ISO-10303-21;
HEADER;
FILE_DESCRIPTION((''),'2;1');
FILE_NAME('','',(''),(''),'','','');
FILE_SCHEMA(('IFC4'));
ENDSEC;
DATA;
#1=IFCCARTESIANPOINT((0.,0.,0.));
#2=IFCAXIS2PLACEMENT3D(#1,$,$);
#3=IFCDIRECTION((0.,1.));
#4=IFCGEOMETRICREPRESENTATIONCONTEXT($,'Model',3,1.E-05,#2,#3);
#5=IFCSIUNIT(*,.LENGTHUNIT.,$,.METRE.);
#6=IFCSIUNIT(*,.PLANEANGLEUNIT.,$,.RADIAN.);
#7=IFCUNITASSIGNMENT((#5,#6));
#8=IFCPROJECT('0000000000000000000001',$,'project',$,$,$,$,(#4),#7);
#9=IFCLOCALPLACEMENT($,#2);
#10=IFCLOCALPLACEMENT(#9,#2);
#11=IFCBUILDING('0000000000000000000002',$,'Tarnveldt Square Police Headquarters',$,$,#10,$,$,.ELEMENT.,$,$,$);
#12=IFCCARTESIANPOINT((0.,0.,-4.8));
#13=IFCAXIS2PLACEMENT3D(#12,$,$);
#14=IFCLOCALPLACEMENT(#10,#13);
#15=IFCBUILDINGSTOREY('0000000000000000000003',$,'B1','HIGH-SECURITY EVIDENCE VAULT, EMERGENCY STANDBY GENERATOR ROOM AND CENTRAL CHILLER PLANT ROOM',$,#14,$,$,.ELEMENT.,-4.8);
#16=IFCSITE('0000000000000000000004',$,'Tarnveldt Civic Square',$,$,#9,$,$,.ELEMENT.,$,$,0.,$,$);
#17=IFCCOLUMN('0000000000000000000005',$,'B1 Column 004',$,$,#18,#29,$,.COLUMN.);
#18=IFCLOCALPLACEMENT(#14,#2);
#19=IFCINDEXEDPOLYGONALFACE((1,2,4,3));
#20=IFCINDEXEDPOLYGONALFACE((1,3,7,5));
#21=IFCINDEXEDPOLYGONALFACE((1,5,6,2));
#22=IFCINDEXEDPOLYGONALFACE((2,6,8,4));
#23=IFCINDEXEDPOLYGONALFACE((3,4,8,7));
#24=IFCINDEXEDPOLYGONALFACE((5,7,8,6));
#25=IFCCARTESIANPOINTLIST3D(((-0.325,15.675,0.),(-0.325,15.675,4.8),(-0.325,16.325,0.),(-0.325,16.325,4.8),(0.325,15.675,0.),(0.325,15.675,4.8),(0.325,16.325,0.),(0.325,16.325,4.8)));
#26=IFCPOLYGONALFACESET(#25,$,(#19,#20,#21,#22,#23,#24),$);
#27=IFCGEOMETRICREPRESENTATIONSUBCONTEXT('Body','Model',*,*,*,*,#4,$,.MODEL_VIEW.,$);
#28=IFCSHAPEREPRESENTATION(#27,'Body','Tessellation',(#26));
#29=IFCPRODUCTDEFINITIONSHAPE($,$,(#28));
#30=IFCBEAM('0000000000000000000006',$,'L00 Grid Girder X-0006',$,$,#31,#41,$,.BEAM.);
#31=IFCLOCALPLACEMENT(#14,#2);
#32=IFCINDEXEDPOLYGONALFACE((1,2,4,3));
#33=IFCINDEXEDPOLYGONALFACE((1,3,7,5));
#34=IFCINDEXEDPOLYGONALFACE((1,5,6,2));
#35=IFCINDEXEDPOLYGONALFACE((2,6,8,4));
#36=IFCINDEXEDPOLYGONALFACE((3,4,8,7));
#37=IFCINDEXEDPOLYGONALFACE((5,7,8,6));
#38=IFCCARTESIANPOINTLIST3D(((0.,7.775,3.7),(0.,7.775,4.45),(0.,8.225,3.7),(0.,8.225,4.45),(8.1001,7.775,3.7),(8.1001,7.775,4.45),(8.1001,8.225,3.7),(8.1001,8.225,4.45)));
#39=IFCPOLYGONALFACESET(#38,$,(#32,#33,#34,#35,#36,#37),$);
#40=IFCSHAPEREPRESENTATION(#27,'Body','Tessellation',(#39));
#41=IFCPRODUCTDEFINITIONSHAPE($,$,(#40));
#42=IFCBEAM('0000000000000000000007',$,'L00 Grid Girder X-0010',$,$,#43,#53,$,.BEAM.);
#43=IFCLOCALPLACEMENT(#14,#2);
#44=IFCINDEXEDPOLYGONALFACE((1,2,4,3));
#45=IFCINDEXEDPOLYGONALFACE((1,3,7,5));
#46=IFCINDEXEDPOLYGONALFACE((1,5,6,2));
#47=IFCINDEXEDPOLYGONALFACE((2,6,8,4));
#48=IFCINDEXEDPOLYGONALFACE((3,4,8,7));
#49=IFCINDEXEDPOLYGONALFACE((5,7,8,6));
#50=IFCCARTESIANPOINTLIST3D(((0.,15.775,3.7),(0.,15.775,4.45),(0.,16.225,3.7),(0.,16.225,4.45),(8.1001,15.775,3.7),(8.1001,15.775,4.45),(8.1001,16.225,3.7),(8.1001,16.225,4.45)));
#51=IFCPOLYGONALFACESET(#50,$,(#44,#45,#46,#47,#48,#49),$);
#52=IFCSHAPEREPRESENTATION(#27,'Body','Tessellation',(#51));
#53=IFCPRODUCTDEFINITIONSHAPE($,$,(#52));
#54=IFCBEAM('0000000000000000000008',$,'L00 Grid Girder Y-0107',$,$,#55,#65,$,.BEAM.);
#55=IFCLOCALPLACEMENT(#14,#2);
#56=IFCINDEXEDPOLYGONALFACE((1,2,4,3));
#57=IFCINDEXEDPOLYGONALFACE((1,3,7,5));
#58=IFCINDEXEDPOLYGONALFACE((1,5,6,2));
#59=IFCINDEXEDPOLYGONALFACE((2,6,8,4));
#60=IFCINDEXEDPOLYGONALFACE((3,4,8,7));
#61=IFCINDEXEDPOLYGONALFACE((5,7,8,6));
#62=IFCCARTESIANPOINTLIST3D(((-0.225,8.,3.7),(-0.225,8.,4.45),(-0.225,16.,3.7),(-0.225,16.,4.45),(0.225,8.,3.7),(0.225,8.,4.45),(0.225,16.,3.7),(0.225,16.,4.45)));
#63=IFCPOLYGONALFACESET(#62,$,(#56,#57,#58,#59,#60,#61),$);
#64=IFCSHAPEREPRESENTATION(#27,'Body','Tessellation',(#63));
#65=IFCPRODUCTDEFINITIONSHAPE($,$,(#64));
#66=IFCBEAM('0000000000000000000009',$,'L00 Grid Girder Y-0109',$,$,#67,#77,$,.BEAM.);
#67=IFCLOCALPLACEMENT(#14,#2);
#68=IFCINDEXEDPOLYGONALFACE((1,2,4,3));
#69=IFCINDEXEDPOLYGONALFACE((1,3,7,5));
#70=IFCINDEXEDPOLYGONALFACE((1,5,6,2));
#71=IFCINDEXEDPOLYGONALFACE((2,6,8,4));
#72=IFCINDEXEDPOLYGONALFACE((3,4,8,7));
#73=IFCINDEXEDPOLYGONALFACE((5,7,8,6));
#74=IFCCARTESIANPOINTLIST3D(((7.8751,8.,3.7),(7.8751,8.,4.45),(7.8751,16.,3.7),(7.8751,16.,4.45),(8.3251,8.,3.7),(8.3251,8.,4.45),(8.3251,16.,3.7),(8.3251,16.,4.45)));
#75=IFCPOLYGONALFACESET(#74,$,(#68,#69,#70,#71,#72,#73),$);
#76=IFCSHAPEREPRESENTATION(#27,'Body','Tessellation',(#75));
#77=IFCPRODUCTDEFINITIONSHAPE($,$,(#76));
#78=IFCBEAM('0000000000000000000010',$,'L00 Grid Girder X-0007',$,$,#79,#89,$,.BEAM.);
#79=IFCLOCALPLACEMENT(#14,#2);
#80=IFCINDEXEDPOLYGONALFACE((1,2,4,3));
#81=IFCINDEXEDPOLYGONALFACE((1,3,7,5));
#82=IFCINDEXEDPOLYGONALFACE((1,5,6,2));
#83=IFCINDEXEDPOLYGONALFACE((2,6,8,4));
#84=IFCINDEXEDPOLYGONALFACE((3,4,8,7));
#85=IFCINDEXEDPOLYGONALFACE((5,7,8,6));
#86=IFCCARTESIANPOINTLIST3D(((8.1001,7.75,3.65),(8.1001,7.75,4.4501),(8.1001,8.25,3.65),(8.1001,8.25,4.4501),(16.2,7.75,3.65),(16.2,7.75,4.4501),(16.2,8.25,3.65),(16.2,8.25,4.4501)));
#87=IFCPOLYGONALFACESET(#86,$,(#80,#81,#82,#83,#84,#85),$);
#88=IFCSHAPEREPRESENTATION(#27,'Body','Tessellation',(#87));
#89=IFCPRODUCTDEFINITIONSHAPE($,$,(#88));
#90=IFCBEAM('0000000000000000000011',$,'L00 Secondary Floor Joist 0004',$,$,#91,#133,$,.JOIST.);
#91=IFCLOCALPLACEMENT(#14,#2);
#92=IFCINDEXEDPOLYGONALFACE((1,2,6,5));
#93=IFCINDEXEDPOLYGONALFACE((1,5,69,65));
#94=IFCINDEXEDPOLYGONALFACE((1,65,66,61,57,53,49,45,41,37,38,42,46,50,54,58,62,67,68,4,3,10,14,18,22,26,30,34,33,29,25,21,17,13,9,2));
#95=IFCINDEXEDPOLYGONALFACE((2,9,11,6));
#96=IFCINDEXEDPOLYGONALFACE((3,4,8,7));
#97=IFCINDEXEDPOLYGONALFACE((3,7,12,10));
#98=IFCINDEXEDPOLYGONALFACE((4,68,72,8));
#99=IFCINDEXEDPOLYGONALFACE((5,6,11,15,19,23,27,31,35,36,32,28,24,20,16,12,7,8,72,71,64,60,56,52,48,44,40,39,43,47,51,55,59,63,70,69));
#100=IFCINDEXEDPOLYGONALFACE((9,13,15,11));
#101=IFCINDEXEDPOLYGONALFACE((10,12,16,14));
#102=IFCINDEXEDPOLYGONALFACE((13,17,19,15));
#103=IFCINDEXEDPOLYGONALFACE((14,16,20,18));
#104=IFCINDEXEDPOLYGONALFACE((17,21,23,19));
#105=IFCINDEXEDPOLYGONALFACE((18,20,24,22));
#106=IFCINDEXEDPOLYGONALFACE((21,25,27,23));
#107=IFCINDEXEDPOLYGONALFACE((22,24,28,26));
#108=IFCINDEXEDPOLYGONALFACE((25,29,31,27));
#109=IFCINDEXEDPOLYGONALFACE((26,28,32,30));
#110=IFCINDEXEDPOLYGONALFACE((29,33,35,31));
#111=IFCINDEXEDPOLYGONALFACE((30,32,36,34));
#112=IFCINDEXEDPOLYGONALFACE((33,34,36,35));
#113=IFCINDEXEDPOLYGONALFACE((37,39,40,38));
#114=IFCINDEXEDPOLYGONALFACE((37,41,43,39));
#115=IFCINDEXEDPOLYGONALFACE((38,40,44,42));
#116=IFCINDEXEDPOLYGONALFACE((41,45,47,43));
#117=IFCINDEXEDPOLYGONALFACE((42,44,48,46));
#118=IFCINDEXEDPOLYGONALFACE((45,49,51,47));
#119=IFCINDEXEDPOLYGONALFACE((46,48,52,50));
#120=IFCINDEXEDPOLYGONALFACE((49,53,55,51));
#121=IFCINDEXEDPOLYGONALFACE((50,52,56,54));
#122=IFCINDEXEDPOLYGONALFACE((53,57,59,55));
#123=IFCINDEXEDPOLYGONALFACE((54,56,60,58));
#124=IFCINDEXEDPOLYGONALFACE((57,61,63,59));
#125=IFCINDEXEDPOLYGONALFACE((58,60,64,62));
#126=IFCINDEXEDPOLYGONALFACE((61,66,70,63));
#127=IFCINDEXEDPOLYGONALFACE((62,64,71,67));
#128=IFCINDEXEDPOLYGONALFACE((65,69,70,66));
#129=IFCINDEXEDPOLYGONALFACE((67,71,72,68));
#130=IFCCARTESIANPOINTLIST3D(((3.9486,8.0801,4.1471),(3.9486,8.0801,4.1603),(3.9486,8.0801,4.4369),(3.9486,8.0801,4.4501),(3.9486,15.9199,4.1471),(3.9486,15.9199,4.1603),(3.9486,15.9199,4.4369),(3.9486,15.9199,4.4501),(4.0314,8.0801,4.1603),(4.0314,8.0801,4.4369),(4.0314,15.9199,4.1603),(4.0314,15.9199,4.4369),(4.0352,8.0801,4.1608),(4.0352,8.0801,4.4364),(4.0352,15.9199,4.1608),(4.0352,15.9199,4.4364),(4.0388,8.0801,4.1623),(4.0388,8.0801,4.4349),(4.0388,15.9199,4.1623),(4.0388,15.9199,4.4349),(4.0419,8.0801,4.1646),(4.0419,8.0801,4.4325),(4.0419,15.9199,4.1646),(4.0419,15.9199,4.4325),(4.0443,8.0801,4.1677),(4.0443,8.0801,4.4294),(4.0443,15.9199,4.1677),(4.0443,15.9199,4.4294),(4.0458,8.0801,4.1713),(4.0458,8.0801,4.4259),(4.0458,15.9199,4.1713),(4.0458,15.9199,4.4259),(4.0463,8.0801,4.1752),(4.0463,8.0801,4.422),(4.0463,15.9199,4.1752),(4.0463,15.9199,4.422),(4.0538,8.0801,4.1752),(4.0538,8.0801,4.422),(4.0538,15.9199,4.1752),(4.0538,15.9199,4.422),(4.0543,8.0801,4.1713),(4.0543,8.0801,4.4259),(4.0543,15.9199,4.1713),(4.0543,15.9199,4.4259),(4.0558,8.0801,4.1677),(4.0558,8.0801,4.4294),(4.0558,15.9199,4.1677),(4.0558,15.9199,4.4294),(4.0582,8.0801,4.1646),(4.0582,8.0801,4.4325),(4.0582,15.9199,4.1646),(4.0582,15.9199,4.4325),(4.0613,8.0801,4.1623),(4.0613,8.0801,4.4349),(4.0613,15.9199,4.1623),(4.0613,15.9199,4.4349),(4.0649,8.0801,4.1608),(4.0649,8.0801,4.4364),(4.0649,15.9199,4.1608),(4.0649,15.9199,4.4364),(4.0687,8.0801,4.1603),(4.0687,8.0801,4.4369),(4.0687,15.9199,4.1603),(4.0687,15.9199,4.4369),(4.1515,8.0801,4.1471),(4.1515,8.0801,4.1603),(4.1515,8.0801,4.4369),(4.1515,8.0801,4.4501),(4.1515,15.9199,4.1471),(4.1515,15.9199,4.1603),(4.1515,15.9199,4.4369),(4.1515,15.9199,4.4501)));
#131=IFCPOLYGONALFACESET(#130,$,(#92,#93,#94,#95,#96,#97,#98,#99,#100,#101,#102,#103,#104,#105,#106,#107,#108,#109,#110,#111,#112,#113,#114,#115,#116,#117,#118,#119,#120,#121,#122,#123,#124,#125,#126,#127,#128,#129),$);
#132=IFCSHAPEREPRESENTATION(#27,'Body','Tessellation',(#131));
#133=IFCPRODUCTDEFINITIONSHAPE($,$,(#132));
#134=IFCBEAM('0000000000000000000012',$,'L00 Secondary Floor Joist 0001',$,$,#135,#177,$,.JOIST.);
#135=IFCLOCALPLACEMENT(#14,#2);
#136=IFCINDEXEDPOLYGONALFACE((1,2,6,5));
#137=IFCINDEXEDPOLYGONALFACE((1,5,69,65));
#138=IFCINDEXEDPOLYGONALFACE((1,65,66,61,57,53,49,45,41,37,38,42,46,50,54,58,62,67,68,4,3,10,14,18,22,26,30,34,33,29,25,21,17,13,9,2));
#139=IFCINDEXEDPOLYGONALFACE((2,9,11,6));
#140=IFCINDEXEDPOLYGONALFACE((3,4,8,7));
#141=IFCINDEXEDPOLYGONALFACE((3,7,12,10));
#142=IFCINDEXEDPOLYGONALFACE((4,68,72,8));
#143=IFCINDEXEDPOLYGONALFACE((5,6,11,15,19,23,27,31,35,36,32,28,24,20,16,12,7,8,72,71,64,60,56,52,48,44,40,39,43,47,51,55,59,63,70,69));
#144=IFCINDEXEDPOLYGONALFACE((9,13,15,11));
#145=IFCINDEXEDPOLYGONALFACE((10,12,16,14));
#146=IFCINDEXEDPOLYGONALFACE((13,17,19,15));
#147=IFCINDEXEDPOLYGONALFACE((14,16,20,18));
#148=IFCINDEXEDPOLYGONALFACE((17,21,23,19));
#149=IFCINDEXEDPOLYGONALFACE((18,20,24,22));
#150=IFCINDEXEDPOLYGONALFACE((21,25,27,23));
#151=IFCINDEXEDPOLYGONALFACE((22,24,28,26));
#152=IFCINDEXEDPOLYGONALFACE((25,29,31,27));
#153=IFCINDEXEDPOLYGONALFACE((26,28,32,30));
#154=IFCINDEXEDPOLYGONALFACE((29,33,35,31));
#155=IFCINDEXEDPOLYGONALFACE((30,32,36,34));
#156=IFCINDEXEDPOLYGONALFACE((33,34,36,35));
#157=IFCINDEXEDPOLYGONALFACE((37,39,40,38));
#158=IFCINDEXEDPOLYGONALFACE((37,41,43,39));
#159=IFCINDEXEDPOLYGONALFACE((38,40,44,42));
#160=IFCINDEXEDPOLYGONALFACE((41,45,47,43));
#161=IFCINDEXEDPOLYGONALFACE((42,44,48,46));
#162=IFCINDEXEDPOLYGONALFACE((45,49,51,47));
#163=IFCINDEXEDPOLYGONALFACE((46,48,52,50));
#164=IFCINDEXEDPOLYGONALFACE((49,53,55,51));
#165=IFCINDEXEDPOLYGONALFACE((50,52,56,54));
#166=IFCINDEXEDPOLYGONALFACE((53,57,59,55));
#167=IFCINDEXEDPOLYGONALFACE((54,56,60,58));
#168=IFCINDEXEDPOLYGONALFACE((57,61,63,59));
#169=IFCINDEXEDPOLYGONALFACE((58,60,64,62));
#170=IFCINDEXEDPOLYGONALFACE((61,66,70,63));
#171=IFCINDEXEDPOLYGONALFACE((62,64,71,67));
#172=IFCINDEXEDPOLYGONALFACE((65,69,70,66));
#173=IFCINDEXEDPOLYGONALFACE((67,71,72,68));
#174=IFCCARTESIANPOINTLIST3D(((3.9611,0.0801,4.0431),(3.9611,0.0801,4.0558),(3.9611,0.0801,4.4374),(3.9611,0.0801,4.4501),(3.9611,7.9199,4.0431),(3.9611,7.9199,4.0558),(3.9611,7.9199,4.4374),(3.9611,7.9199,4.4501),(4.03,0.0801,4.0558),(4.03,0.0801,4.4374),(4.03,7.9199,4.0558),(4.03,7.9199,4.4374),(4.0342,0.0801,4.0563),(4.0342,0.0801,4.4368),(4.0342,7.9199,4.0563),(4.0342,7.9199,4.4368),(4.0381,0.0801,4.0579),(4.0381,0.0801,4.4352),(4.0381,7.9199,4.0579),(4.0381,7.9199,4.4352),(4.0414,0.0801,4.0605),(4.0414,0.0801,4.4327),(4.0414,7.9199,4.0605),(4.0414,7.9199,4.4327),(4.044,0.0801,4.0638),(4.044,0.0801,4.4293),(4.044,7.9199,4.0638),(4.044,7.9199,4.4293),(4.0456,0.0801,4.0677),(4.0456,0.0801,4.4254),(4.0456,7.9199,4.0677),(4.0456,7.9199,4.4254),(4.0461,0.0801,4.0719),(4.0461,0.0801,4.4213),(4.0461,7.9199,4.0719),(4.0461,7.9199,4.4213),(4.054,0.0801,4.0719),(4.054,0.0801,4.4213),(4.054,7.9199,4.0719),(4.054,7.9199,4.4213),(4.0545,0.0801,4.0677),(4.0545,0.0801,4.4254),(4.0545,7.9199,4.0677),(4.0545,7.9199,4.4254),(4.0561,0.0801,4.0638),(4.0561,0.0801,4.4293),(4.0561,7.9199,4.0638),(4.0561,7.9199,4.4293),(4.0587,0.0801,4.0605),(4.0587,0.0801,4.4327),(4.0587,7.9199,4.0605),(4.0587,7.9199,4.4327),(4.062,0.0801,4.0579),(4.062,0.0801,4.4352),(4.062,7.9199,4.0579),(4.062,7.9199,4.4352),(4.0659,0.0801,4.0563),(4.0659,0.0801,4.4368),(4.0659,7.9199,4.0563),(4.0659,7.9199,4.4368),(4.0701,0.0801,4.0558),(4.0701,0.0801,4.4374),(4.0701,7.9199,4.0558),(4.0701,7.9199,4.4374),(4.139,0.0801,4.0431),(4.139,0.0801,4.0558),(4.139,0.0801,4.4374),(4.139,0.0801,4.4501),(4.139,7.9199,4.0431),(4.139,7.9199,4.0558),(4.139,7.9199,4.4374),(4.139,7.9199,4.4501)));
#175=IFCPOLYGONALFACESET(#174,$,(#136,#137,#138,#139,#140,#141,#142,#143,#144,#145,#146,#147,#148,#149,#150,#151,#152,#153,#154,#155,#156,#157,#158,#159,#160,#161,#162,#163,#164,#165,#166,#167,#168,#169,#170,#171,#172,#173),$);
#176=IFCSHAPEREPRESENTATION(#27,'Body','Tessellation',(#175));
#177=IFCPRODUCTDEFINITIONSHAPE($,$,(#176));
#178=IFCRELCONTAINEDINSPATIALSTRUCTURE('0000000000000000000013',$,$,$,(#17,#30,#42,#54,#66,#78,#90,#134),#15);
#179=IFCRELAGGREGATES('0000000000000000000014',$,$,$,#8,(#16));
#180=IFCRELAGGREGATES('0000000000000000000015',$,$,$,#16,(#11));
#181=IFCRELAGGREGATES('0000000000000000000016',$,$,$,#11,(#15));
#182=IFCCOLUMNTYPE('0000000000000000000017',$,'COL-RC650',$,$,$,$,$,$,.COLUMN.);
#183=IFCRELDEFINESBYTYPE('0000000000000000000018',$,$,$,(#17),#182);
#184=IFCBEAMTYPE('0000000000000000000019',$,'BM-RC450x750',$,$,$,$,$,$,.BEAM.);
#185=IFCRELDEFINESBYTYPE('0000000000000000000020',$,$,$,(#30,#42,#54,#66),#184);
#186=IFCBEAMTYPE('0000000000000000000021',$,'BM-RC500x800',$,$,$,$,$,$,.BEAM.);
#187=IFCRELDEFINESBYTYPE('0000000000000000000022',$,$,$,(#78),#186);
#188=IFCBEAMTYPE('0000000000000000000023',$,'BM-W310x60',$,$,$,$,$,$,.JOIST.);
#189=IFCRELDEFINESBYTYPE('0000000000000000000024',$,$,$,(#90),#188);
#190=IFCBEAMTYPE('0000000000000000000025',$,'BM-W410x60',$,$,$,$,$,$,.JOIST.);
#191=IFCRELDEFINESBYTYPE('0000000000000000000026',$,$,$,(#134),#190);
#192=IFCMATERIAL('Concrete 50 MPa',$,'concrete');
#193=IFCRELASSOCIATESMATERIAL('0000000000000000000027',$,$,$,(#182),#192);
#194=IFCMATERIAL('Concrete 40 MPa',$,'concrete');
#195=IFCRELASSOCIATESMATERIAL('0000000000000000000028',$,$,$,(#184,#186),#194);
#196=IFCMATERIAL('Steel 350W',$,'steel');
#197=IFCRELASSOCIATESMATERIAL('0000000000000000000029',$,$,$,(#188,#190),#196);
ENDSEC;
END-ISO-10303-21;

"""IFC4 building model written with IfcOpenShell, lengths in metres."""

from ifc_helpers import new_model, si_unit, direction, frame, origin, origin_2d, place, context, subcontext, project, spatial, rectangle, i_section, extrude, material, material_profile, profile_set, type_object, element, save


model = new_model("IFC4")

# Units and contexts
model_context = context("Model", 3, precision=1e-05, world=origin(), true_north=direction((0.0, 1.0)))
body_context = subcontext(model_context, "Body", "Model", "MODEL_VIEW")
ifc_project = project(units=[si_unit("LENGTHUNIT", "METRE"), si_unit("PLANEANGLEUNIT", "RADIAN")], contexts=[model_context])

# Site, building, storey
site_placement = place(None, origin())
site = spatial("IfcSite", under=ifc_project, at=site_placement, Name="Tarnveldt Civic Square", CompositionType="ELEMENT", RefElevation=0.0)
building_placement = place(site_placement, origin())
building = spatial("IfcBuilding", under=site, at=building_placement, Name="Tarnveldt Square Police Headquarters", CompositionType="ELEMENT")
storey_placement = place(building_placement, frame((0.0, 0.0, -4.8)))
storey = spatial("IfcBuildingStorey", under=building, at=storey_placement, Name="B1", Description="HIGH-SECURITY EVIDENCE VAULT, EMERGENCY STANDBY GENERATOR ROOM AND CENTRAL CHILLER PLANT ROOM", CompositionType="ELEMENT", Elevation=-4.8)

# Column
ifc_material_1 = material(Name="Concrete 40 MPa", Category="concrete")
ifc_material_2 = material(Name="Concrete 50 MPa", Category="concrete")
ifc_material_profile_1 = material_profile(ifc_material_2, rectangle(XDim=0.6499, YDim=0.6499, at=origin_2d()), Name="RC-C650x650")
ifc_profile_set_1 = profile_set([ifc_material_profile_1], Name="Concrete 50 MPa")
column_type_1 = type_object("IfcColumnType", Name="COL-RC650", PredefinedType="COLUMN", material=ifc_profile_set_1)
for number, where, z_axis, x_axis, name in (
    (1, (0.0, 16.0, 0.0), (0.0, 0.0, 1.0), (1.0, 0.0, 0.0), "B1 Column 004"),
):
    element("IfcColumn", number, at=place(storey_placement, frame(where, z_axis=z_axis, x_axis=x_axis)), inside=storey, type_object=column_type_1, Name=name, PredefinedType="COLUMN", context=body_context, shape_type="SweptSolid", body=[
        extrude(rectangle(XDim=0.6499, YDim=0.6499, at=origin_2d()), origin(), (0.0, 0.0, 1.0), 4.8),
    ])

# Beams
ifc_material_profile_2 = material_profile(ifc_material_1, rectangle(XDim=0.45, YDim=0.75, at=origin_2d()), Name="RC-B450x750")
ifc_profile_set_2 = profile_set([ifc_material_profile_2], Name="Concrete 40 MPa")
beam_type_1 = type_object("IfcBeamType", Name="BM-RC450x750", PredefinedType="BEAM", material=ifc_profile_set_2)
for number, where, z_axis, x_axis, name in (
    (2, (0.0, 8.0, 4.075), (1.0, 0.0, 0.0), (0.0, 1.0, 0.0), "L00 Grid Girder X-0006"),
    (3, (0.0, 16.0, 4.075), (1.0, 0.0, 0.0), (0.0, 1.0, 0.0), "L00 Grid Girder X-0010"),
):
    element("IfcBeam", number, at=place(storey_placement, frame(where, z_axis=z_axis, x_axis=x_axis)), inside=storey, type_object=beam_type_1, Name=name, PredefinedType="BEAM", context=body_context, shape_type="SweptSolid", body=[
        extrude(rectangle(XDim=0.45, YDim=0.75, at=origin_2d()), origin(), (0.0, 0.0, 1.0), 8.1001),
    ])
for number, where, z_axis, x_axis, name in (
    (4, (0.0, 8.0, 4.075), (0.0, 1.0, 0.0), (-1.0, 0.0, 0.0), "L00 Grid Girder Y-0107"),
    (5, (8.1001, 8.0, 4.075), (0.0, 1.0, 0.0), (-1.0, 0.0, 0.0), "L00 Grid Girder Y-0109"),
):
    element("IfcBeam", number, at=place(storey_placement, frame(where, z_axis=z_axis, x_axis=x_axis)), inside=storey, type_object=beam_type_1, Name=name, PredefinedType="BEAM", context=body_context, shape_type="SweptSolid", body=[
        extrude(rectangle(XDim=0.45, YDim=0.75, at=origin_2d()), origin(), (0.0, 0.0, 1.0), 8.0),
    ])
ifc_material_profile_3 = material_profile(ifc_material_1, rectangle(XDim=0.5, YDim=0.8, at=origin_2d()), Name="RC-B500x800")
ifc_profile_set_3 = profile_set([ifc_material_profile_3], Name="Concrete 40 MPa")
beam_type_2 = type_object("IfcBeamType", Name="BM-RC500x800", PredefinedType="BEAM", material=ifc_profile_set_3)
beam_1_placement = place(storey_placement, frame((8.1001, 8.0, 4.05), z_axis=(1.0, 0.0, 0.0), x_axis=(0.0, 1.0, 0.0)))
element("IfcBeam", 6, at=beam_1_placement, inside=storey, type_object=beam_type_2, Name="L00 Grid Girder X-0007", PredefinedType="BEAM", context=body_context, shape_type="SweptSolid", body=[
    extrude(rectangle(XDim=0.5, YDim=0.8, at=origin_2d()), origin(), (0.0, 0.0, 1.0), 8.0999),
])
ifc_material_3 = material(Name="Steel 350W", Category="steel")
ifc_material_profile_4 = material_profile(ifc_material_3, i_section(OverallWidth=0.2029, OverallDepth=0.303, WebThickness=0.0076, FlangeThickness=0.0132, FilletRadius=0.0149, at=origin_2d()), Name="W310x60")
ifc_profile_set_4 = profile_set([ifc_material_profile_4], Name="Steel 350W")
beam_type_3 = type_object("IfcBeamType", Name="BM-W310x60", PredefinedType="JOIST", material=ifc_profile_set_4)
beam_2_placement = place(storey_placement, frame((4.05, 8.0801, 4.2986), z_axis=(0.0, 1.0, 0.0), x_axis=(-1.0, 0.0, 0.0)))
element("IfcBeam", 7, at=beam_2_placement, inside=storey, type_object=beam_type_3, Name="L00 Secondary Floor Joist 0004", PredefinedType="JOIST", context=body_context, shape_type="SweptSolid", body=[
    extrude(i_section(OverallWidth=0.2029, OverallDepth=0.303, WebThickness=0.0076, FlangeThickness=0.0132, FilletRadius=0.0149, at=origin_2d()), origin(), (0.0, 0.0, 1.0), 7.8398),
])
ifc_material_profile_5 = material_profile(ifc_material_3, i_section(OverallWidth=0.178, OverallDepth=0.407, WebThickness=0.0078, FlangeThickness=0.0127, FilletRadius=0.0161, at=origin_2d()), Name="W410x60")
ifc_profile_set_5 = profile_set([ifc_material_profile_5], Name="Steel 350W")
beam_type_4 = type_object("IfcBeamType", Name="BM-W410x60", PredefinedType="JOIST", material=ifc_profile_set_5)
beam_3_placement = place(storey_placement, frame((4.05, 0.0801, 4.2466), z_axis=(0.0, 1.0, 0.0), x_axis=(-1.0, 0.0, 0.0)))
element("IfcBeam", 8, at=beam_3_placement, inside=storey, type_object=beam_type_4, Name="L00 Secondary Floor Joist 0001", PredefinedType="JOIST", context=body_context, shape_type="SweptSolid", body=[
    extrude(i_section(OverallWidth=0.178, OverallDepth=0.407, WebThickness=0.0078, FlangeThickness=0.0127, FilletRadius=0.0161, at=origin_2d()), origin(), (0.0, 0.0, 1.0), 7.8398),
])

save(model, "model.ifc")
